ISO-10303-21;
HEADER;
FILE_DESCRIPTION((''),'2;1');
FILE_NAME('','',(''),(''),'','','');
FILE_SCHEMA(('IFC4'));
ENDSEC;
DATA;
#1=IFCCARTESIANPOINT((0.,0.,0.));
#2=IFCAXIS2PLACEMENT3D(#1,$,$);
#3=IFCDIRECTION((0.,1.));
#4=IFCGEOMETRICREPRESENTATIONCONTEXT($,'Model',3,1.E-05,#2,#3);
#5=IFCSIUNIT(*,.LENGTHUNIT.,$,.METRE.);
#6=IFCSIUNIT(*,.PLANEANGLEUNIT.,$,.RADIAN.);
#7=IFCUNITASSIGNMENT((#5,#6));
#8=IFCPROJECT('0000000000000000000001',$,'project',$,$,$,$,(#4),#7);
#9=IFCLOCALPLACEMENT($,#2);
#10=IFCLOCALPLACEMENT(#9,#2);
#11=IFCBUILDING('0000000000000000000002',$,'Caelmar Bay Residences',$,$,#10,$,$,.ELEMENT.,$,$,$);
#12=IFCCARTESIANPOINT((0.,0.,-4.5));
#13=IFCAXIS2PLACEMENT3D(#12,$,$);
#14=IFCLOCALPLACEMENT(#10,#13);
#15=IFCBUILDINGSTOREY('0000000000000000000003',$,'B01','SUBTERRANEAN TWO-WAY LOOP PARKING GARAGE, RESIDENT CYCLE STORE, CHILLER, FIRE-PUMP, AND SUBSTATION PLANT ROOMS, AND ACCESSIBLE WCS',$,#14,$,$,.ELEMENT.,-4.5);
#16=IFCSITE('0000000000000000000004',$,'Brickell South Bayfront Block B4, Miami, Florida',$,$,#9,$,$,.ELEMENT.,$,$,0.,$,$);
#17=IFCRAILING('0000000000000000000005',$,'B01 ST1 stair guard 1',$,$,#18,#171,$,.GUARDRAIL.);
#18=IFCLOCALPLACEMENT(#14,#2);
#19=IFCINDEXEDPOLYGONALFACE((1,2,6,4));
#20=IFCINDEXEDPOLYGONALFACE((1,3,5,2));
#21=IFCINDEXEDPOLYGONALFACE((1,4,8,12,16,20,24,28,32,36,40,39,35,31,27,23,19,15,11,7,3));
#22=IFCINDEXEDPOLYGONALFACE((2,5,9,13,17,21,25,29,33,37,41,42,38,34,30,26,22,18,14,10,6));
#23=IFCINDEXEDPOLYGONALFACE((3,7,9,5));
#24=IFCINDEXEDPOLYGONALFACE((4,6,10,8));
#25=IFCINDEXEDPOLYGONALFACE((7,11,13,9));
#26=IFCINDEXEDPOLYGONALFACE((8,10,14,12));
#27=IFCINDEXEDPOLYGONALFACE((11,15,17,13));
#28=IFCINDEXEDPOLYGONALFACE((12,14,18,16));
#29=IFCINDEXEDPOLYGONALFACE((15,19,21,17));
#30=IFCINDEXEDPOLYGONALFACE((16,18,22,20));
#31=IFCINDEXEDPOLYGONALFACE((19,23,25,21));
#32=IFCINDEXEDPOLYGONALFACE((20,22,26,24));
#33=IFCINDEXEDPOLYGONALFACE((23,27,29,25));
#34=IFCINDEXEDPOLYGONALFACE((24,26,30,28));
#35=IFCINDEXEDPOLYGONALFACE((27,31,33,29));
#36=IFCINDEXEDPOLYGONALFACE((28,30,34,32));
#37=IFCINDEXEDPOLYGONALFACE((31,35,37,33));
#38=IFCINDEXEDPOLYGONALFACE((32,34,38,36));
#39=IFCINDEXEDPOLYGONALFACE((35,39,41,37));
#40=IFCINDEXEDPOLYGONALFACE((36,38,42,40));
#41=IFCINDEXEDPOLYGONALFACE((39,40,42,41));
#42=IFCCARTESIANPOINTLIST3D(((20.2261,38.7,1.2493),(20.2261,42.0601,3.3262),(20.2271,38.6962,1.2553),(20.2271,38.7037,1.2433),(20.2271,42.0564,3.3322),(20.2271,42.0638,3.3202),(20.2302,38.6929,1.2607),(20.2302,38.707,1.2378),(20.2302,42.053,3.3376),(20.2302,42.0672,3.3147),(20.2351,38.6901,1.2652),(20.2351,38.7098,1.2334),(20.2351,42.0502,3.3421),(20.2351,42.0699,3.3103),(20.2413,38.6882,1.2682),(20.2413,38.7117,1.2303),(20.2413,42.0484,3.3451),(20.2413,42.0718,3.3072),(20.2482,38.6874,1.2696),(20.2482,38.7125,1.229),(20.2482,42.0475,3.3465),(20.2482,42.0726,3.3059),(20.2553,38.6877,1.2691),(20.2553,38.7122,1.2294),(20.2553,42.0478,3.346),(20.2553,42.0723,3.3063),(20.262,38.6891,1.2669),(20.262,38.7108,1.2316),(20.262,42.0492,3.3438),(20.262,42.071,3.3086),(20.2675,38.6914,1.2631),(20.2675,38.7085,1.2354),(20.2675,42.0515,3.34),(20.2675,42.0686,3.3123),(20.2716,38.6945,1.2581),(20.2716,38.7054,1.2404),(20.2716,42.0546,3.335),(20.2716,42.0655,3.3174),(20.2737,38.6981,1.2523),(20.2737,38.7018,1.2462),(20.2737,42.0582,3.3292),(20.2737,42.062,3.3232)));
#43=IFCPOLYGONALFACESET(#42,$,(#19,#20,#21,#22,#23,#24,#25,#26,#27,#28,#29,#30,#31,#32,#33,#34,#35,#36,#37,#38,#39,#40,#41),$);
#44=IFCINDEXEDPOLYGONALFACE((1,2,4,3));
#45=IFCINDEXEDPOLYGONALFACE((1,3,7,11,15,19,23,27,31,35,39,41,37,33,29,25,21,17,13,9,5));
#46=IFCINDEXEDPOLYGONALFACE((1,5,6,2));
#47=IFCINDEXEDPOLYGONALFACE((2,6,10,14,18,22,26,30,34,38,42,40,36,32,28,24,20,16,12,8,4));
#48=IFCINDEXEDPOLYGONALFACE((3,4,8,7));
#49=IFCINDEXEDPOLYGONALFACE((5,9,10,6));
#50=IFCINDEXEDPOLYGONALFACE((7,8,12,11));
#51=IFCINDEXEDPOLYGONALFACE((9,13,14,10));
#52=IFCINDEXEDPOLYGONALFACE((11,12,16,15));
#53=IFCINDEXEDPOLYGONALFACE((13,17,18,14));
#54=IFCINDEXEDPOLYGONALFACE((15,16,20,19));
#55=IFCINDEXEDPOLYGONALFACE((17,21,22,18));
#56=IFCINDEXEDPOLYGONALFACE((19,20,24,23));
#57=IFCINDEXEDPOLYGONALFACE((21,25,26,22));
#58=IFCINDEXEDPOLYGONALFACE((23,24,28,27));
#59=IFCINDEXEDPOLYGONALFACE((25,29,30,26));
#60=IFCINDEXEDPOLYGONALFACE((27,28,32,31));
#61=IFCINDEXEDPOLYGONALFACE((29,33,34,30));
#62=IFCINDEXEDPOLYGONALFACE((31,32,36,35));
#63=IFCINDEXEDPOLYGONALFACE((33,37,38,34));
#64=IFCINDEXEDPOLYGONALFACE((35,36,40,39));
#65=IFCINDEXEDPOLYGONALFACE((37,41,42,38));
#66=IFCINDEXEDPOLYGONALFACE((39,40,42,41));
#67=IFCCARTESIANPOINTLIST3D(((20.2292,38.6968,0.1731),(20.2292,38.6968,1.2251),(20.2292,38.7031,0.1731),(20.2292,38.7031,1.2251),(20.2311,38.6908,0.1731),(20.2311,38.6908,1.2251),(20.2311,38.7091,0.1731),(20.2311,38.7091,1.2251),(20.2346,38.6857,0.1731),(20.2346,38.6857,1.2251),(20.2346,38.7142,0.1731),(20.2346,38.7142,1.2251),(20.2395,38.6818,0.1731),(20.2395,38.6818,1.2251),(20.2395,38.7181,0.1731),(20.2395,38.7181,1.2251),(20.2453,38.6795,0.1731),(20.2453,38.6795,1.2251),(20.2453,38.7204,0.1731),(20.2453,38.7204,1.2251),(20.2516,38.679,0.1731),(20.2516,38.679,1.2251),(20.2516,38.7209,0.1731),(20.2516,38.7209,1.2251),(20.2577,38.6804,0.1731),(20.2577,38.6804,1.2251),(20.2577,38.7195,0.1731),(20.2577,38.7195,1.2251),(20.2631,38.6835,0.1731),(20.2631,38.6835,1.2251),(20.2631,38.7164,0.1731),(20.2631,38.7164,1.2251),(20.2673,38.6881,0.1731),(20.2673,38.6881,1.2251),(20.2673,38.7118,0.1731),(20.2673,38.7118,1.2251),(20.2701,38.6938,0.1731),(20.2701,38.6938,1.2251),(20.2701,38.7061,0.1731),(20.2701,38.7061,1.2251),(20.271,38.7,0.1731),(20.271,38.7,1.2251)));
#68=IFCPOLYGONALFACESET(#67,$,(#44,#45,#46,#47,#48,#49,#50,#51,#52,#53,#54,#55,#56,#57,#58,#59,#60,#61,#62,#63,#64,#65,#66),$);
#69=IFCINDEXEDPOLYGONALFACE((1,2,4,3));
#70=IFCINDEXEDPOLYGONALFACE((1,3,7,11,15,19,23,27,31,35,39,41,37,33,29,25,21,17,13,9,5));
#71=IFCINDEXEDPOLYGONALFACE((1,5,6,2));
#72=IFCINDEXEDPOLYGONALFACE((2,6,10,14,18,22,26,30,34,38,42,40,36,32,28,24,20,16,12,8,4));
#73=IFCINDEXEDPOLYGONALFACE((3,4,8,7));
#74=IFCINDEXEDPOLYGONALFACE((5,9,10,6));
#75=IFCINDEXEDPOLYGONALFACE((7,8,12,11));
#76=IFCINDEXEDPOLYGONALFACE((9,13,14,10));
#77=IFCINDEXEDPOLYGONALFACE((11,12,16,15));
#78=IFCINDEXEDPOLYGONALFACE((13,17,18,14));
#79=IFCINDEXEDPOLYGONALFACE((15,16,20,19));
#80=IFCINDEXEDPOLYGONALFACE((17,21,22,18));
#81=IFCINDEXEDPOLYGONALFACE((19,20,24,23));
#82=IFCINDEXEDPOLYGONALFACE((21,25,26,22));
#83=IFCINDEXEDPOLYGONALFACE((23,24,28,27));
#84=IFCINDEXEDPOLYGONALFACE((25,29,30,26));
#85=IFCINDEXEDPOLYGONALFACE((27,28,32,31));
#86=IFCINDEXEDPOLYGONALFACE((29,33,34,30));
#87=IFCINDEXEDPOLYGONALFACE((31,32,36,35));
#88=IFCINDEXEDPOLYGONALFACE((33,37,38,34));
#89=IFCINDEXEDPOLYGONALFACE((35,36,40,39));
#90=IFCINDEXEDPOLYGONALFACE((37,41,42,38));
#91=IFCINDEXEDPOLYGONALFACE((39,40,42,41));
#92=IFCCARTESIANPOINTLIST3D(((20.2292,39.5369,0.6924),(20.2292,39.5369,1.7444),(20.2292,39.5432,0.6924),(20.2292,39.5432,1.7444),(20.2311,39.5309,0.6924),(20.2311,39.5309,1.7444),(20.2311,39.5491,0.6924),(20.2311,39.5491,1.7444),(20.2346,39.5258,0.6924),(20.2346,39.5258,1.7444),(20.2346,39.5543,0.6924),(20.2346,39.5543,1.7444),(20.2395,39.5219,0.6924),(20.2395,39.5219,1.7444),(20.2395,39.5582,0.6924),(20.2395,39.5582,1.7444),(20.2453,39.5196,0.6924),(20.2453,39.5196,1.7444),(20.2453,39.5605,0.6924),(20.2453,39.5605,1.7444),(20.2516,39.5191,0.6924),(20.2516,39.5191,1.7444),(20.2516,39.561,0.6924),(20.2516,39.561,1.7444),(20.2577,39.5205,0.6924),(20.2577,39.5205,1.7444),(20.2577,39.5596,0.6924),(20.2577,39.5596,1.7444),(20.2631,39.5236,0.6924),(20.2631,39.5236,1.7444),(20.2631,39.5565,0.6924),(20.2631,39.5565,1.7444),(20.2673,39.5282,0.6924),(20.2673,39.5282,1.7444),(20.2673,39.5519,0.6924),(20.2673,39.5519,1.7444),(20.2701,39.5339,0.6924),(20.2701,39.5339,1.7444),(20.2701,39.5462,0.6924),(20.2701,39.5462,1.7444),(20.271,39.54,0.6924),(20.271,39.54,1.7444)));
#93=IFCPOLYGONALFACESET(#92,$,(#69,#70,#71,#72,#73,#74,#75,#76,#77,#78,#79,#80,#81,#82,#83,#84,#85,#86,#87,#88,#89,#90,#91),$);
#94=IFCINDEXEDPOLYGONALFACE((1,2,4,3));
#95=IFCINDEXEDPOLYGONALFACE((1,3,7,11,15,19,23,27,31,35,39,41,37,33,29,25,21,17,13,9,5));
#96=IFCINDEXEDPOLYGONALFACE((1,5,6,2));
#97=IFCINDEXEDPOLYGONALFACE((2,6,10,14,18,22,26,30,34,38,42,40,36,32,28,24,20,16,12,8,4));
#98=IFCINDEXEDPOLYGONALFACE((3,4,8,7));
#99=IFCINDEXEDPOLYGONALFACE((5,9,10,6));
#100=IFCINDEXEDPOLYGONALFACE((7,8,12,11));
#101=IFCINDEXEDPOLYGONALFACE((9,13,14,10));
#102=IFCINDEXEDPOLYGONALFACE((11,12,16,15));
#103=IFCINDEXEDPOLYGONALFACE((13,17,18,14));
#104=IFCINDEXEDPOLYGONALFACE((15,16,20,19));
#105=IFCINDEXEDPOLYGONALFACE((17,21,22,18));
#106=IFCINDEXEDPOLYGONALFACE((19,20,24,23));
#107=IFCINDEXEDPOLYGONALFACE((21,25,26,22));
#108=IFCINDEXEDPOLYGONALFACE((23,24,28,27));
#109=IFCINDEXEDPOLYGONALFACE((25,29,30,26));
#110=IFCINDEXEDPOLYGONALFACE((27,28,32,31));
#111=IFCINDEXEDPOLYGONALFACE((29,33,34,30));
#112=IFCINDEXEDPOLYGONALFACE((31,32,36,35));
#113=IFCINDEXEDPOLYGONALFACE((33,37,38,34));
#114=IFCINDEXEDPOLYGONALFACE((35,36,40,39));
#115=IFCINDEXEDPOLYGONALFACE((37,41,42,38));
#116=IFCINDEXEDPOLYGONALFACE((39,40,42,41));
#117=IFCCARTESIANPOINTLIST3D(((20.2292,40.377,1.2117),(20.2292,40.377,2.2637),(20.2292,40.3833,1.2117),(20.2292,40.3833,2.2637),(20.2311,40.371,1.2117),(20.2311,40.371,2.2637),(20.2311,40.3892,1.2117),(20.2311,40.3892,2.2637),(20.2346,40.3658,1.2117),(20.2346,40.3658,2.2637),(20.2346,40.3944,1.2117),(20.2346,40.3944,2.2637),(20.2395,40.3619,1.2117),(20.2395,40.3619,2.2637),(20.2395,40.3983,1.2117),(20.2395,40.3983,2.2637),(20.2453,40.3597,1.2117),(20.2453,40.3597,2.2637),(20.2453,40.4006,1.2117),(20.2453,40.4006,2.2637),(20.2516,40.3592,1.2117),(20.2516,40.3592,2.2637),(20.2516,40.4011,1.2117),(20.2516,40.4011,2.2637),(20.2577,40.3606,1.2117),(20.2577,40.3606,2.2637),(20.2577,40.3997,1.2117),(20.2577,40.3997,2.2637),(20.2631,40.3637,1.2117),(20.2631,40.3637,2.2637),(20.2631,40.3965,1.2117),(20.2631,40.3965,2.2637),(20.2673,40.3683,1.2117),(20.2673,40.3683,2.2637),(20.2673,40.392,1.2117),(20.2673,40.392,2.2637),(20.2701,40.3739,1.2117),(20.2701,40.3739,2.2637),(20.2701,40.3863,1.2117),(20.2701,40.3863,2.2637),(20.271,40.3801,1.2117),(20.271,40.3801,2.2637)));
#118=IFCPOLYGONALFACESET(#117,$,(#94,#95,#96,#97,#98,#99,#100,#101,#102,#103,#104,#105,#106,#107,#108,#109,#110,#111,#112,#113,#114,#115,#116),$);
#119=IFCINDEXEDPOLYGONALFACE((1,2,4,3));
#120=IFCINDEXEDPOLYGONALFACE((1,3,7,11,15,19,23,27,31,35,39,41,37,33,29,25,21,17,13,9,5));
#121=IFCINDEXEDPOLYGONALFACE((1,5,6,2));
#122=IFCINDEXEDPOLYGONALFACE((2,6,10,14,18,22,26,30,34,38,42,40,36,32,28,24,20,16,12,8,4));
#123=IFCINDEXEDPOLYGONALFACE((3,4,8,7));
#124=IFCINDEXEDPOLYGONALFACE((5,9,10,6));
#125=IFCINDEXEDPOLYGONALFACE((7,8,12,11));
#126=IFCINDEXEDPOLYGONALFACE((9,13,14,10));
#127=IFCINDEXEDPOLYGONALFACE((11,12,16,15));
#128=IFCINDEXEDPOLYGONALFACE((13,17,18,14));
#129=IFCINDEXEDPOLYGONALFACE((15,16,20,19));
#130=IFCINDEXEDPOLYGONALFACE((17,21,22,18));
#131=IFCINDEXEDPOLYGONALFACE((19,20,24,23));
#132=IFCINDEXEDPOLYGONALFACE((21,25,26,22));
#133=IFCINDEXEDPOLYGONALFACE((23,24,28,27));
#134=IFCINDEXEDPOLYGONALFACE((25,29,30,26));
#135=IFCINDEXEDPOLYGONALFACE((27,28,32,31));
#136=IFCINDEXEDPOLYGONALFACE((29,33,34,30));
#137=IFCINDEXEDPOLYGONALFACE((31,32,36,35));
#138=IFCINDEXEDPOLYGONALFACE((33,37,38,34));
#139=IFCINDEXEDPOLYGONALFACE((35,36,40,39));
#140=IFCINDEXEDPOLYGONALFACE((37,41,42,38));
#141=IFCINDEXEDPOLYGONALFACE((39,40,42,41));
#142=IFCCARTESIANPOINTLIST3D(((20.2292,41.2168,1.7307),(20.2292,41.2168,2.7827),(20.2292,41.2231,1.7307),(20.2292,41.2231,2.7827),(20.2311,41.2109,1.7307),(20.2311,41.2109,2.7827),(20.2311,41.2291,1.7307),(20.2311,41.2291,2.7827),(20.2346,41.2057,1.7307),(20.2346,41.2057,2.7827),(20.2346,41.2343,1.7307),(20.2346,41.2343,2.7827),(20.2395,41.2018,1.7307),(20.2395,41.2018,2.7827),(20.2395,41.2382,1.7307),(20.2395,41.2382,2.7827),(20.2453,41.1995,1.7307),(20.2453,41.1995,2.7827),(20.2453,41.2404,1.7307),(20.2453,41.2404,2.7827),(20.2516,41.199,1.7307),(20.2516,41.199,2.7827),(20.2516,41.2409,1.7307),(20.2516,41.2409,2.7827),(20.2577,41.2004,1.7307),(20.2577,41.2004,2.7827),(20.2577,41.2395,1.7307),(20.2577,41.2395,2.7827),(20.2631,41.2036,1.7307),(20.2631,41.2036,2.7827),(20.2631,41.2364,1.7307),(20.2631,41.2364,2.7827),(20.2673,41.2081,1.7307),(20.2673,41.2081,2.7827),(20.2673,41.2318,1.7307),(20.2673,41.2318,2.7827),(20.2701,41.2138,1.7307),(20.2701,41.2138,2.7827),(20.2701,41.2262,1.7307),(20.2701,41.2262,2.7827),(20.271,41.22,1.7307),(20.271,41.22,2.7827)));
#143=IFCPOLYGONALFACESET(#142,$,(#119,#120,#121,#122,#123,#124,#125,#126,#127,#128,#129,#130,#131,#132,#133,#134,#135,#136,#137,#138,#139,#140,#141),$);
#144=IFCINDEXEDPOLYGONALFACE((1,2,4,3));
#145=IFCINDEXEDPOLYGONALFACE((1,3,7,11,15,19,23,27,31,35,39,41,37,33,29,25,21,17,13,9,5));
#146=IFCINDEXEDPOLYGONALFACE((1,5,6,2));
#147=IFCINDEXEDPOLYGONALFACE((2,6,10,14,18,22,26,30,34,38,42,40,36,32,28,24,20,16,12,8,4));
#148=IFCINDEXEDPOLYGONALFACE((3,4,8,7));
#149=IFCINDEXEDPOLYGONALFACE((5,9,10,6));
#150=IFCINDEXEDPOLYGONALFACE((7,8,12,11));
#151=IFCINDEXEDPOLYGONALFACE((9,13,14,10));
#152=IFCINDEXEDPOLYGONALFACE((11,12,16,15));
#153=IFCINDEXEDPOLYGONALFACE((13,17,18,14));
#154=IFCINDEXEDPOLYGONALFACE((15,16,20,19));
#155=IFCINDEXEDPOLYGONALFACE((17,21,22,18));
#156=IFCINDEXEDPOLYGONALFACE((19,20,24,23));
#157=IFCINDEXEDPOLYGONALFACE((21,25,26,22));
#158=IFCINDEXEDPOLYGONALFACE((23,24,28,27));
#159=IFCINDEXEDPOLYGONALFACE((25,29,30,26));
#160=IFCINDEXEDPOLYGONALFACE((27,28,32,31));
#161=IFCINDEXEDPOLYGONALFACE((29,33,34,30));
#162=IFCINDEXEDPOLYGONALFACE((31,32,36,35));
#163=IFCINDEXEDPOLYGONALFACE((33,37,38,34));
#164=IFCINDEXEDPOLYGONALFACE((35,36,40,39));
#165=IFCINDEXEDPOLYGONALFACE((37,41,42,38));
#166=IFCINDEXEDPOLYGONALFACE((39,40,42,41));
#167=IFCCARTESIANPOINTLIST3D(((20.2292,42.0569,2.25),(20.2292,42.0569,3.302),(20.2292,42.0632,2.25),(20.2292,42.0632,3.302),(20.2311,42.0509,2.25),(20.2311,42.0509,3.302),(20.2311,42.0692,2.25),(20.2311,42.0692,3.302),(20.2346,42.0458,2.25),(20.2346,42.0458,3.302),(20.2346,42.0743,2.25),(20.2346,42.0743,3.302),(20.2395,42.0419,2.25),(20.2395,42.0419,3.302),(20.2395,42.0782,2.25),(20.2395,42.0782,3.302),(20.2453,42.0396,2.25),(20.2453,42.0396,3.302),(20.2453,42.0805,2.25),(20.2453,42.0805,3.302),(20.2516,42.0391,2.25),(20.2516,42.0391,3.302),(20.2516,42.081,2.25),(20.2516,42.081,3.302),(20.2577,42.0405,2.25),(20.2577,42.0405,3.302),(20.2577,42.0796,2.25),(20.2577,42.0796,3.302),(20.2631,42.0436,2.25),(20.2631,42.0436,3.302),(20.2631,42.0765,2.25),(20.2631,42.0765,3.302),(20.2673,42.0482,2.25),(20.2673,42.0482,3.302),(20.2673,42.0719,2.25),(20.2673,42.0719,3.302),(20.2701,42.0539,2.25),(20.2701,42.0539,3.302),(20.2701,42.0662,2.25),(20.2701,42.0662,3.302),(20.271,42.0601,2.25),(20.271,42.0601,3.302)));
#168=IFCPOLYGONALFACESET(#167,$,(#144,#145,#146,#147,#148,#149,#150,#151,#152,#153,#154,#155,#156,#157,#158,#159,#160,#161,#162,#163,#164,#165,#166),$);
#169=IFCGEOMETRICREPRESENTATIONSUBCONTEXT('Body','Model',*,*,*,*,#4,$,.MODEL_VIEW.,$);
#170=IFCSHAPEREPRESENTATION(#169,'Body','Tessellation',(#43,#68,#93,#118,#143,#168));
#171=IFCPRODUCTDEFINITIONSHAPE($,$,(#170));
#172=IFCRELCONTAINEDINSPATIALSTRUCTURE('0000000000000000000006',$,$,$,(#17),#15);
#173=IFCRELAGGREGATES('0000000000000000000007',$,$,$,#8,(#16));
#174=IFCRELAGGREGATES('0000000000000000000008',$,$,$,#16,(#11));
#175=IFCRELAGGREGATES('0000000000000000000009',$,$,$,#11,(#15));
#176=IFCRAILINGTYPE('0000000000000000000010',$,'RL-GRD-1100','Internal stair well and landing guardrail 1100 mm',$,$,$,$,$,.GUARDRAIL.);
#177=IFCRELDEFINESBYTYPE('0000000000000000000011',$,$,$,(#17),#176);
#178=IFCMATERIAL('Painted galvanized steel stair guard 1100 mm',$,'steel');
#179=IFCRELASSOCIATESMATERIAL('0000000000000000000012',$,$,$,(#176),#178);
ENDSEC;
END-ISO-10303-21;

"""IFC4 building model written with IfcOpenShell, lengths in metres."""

from ifc_helpers import new_model, si_unit, direction, frame, origin, origin_2d, place, context, subcontext, project, spatial, circle, extrude, material, type_object, element, save


model = new_model("IFC4")

# Units and contexts
model_context = context("Model", 3, precision=1e-05, world=origin(), true_north=direction((0.0, 1.0)))
body_context = subcontext(model_context, "Body", "Model", "MODEL_VIEW")
ifc_project = project(units=[si_unit("LENGTHUNIT", "METRE"), si_unit("PLANEANGLEUNIT", "RADIAN")], contexts=[model_context])

# Site, building, storey
site_placement = place(None, origin())
site = spatial("IfcSite", under=ifc_project, at=site_placement, Name="Brickell South Bayfront Block B4, Miami, Florida", CompositionType="ELEMENT", RefElevation=0.0)
building_placement = place(site_placement, origin())
building = spatial("IfcBuilding", under=site, at=building_placement, Name="Caelmar Bay Residences", CompositionType="ELEMENT")
storey_placement = place(building_placement, frame((0.0, 0.0, -4.5)))
storey = spatial("IfcBuildingStorey", under=building, at=storey_placement, Name="B01", Description="SUBTERRANEAN TWO-WAY LOOP PARKING GARAGE, RESIDENT CYCLE STORE, CHILLER, FIRE-PUMP, AND SUBSTATION PLANT ROOMS, AND ACCESSIBLE WCS", CompositionType="ELEMENT", Elevation=-4.5)

# Railing
ifc_material_1 = material(Name="Painted galvanized steel stair guard 1100 mm", Category="steel")
railing_type_1 = type_object("IfcRailingType", Name="RL-GRD-1100", Description="Internal stair well and landing guardrail 1100 mm", PredefinedType="GUARDRAIL", material=ifc_material_1)
railing_1_placement = place(storey_placement, frame((20.25, 38.7, 0.1731)))
element("IfcRailing", 1, at=railing_1_placement, inside=storey, type_object=railing_type_1, Name="B01 ST1 stair guard 1", PredefinedType="GUARDRAIL", context=body_context, shape_type="SweptSolid", body=[
    extrude(circle(Radius=0.0239, at=origin_2d()), frame((0.0, 0.0, 1.0762), z_axis=(0.0, 0.850623, 0.525776), x_axis=(-1.0, 0.0, 0.0)), (0.0, 0.0, 1.0), 3.9502),
    extrude(circle(Radius=0.021, at=origin_2d()), origin(), (0.0, 0.0, 1.0), 1.052),
    extrude(circle(Radius=0.021, at=origin_2d()), frame((0.0, 0.8401, 0.5193)), (0.0, 0.0, 1.0), 1.052),
    extrude(circle(Radius=0.021, at=origin_2d()), frame((0.0, 1.6802, 1.0386)), (0.0, 0.0, 1.0), 1.052),
    extrude(circle(Radius=0.021, at=origin_2d()), frame((0.0, 2.52, 1.5576)), (0.0, 0.0, 1.0), 1.052),
    extrude(circle(Radius=0.021, at=origin_2d()), frame((0.0, 3.3601, 2.0769)), (0.0, 0.0, 1.0), 1.052),
])

save(model, "model.ifc")
